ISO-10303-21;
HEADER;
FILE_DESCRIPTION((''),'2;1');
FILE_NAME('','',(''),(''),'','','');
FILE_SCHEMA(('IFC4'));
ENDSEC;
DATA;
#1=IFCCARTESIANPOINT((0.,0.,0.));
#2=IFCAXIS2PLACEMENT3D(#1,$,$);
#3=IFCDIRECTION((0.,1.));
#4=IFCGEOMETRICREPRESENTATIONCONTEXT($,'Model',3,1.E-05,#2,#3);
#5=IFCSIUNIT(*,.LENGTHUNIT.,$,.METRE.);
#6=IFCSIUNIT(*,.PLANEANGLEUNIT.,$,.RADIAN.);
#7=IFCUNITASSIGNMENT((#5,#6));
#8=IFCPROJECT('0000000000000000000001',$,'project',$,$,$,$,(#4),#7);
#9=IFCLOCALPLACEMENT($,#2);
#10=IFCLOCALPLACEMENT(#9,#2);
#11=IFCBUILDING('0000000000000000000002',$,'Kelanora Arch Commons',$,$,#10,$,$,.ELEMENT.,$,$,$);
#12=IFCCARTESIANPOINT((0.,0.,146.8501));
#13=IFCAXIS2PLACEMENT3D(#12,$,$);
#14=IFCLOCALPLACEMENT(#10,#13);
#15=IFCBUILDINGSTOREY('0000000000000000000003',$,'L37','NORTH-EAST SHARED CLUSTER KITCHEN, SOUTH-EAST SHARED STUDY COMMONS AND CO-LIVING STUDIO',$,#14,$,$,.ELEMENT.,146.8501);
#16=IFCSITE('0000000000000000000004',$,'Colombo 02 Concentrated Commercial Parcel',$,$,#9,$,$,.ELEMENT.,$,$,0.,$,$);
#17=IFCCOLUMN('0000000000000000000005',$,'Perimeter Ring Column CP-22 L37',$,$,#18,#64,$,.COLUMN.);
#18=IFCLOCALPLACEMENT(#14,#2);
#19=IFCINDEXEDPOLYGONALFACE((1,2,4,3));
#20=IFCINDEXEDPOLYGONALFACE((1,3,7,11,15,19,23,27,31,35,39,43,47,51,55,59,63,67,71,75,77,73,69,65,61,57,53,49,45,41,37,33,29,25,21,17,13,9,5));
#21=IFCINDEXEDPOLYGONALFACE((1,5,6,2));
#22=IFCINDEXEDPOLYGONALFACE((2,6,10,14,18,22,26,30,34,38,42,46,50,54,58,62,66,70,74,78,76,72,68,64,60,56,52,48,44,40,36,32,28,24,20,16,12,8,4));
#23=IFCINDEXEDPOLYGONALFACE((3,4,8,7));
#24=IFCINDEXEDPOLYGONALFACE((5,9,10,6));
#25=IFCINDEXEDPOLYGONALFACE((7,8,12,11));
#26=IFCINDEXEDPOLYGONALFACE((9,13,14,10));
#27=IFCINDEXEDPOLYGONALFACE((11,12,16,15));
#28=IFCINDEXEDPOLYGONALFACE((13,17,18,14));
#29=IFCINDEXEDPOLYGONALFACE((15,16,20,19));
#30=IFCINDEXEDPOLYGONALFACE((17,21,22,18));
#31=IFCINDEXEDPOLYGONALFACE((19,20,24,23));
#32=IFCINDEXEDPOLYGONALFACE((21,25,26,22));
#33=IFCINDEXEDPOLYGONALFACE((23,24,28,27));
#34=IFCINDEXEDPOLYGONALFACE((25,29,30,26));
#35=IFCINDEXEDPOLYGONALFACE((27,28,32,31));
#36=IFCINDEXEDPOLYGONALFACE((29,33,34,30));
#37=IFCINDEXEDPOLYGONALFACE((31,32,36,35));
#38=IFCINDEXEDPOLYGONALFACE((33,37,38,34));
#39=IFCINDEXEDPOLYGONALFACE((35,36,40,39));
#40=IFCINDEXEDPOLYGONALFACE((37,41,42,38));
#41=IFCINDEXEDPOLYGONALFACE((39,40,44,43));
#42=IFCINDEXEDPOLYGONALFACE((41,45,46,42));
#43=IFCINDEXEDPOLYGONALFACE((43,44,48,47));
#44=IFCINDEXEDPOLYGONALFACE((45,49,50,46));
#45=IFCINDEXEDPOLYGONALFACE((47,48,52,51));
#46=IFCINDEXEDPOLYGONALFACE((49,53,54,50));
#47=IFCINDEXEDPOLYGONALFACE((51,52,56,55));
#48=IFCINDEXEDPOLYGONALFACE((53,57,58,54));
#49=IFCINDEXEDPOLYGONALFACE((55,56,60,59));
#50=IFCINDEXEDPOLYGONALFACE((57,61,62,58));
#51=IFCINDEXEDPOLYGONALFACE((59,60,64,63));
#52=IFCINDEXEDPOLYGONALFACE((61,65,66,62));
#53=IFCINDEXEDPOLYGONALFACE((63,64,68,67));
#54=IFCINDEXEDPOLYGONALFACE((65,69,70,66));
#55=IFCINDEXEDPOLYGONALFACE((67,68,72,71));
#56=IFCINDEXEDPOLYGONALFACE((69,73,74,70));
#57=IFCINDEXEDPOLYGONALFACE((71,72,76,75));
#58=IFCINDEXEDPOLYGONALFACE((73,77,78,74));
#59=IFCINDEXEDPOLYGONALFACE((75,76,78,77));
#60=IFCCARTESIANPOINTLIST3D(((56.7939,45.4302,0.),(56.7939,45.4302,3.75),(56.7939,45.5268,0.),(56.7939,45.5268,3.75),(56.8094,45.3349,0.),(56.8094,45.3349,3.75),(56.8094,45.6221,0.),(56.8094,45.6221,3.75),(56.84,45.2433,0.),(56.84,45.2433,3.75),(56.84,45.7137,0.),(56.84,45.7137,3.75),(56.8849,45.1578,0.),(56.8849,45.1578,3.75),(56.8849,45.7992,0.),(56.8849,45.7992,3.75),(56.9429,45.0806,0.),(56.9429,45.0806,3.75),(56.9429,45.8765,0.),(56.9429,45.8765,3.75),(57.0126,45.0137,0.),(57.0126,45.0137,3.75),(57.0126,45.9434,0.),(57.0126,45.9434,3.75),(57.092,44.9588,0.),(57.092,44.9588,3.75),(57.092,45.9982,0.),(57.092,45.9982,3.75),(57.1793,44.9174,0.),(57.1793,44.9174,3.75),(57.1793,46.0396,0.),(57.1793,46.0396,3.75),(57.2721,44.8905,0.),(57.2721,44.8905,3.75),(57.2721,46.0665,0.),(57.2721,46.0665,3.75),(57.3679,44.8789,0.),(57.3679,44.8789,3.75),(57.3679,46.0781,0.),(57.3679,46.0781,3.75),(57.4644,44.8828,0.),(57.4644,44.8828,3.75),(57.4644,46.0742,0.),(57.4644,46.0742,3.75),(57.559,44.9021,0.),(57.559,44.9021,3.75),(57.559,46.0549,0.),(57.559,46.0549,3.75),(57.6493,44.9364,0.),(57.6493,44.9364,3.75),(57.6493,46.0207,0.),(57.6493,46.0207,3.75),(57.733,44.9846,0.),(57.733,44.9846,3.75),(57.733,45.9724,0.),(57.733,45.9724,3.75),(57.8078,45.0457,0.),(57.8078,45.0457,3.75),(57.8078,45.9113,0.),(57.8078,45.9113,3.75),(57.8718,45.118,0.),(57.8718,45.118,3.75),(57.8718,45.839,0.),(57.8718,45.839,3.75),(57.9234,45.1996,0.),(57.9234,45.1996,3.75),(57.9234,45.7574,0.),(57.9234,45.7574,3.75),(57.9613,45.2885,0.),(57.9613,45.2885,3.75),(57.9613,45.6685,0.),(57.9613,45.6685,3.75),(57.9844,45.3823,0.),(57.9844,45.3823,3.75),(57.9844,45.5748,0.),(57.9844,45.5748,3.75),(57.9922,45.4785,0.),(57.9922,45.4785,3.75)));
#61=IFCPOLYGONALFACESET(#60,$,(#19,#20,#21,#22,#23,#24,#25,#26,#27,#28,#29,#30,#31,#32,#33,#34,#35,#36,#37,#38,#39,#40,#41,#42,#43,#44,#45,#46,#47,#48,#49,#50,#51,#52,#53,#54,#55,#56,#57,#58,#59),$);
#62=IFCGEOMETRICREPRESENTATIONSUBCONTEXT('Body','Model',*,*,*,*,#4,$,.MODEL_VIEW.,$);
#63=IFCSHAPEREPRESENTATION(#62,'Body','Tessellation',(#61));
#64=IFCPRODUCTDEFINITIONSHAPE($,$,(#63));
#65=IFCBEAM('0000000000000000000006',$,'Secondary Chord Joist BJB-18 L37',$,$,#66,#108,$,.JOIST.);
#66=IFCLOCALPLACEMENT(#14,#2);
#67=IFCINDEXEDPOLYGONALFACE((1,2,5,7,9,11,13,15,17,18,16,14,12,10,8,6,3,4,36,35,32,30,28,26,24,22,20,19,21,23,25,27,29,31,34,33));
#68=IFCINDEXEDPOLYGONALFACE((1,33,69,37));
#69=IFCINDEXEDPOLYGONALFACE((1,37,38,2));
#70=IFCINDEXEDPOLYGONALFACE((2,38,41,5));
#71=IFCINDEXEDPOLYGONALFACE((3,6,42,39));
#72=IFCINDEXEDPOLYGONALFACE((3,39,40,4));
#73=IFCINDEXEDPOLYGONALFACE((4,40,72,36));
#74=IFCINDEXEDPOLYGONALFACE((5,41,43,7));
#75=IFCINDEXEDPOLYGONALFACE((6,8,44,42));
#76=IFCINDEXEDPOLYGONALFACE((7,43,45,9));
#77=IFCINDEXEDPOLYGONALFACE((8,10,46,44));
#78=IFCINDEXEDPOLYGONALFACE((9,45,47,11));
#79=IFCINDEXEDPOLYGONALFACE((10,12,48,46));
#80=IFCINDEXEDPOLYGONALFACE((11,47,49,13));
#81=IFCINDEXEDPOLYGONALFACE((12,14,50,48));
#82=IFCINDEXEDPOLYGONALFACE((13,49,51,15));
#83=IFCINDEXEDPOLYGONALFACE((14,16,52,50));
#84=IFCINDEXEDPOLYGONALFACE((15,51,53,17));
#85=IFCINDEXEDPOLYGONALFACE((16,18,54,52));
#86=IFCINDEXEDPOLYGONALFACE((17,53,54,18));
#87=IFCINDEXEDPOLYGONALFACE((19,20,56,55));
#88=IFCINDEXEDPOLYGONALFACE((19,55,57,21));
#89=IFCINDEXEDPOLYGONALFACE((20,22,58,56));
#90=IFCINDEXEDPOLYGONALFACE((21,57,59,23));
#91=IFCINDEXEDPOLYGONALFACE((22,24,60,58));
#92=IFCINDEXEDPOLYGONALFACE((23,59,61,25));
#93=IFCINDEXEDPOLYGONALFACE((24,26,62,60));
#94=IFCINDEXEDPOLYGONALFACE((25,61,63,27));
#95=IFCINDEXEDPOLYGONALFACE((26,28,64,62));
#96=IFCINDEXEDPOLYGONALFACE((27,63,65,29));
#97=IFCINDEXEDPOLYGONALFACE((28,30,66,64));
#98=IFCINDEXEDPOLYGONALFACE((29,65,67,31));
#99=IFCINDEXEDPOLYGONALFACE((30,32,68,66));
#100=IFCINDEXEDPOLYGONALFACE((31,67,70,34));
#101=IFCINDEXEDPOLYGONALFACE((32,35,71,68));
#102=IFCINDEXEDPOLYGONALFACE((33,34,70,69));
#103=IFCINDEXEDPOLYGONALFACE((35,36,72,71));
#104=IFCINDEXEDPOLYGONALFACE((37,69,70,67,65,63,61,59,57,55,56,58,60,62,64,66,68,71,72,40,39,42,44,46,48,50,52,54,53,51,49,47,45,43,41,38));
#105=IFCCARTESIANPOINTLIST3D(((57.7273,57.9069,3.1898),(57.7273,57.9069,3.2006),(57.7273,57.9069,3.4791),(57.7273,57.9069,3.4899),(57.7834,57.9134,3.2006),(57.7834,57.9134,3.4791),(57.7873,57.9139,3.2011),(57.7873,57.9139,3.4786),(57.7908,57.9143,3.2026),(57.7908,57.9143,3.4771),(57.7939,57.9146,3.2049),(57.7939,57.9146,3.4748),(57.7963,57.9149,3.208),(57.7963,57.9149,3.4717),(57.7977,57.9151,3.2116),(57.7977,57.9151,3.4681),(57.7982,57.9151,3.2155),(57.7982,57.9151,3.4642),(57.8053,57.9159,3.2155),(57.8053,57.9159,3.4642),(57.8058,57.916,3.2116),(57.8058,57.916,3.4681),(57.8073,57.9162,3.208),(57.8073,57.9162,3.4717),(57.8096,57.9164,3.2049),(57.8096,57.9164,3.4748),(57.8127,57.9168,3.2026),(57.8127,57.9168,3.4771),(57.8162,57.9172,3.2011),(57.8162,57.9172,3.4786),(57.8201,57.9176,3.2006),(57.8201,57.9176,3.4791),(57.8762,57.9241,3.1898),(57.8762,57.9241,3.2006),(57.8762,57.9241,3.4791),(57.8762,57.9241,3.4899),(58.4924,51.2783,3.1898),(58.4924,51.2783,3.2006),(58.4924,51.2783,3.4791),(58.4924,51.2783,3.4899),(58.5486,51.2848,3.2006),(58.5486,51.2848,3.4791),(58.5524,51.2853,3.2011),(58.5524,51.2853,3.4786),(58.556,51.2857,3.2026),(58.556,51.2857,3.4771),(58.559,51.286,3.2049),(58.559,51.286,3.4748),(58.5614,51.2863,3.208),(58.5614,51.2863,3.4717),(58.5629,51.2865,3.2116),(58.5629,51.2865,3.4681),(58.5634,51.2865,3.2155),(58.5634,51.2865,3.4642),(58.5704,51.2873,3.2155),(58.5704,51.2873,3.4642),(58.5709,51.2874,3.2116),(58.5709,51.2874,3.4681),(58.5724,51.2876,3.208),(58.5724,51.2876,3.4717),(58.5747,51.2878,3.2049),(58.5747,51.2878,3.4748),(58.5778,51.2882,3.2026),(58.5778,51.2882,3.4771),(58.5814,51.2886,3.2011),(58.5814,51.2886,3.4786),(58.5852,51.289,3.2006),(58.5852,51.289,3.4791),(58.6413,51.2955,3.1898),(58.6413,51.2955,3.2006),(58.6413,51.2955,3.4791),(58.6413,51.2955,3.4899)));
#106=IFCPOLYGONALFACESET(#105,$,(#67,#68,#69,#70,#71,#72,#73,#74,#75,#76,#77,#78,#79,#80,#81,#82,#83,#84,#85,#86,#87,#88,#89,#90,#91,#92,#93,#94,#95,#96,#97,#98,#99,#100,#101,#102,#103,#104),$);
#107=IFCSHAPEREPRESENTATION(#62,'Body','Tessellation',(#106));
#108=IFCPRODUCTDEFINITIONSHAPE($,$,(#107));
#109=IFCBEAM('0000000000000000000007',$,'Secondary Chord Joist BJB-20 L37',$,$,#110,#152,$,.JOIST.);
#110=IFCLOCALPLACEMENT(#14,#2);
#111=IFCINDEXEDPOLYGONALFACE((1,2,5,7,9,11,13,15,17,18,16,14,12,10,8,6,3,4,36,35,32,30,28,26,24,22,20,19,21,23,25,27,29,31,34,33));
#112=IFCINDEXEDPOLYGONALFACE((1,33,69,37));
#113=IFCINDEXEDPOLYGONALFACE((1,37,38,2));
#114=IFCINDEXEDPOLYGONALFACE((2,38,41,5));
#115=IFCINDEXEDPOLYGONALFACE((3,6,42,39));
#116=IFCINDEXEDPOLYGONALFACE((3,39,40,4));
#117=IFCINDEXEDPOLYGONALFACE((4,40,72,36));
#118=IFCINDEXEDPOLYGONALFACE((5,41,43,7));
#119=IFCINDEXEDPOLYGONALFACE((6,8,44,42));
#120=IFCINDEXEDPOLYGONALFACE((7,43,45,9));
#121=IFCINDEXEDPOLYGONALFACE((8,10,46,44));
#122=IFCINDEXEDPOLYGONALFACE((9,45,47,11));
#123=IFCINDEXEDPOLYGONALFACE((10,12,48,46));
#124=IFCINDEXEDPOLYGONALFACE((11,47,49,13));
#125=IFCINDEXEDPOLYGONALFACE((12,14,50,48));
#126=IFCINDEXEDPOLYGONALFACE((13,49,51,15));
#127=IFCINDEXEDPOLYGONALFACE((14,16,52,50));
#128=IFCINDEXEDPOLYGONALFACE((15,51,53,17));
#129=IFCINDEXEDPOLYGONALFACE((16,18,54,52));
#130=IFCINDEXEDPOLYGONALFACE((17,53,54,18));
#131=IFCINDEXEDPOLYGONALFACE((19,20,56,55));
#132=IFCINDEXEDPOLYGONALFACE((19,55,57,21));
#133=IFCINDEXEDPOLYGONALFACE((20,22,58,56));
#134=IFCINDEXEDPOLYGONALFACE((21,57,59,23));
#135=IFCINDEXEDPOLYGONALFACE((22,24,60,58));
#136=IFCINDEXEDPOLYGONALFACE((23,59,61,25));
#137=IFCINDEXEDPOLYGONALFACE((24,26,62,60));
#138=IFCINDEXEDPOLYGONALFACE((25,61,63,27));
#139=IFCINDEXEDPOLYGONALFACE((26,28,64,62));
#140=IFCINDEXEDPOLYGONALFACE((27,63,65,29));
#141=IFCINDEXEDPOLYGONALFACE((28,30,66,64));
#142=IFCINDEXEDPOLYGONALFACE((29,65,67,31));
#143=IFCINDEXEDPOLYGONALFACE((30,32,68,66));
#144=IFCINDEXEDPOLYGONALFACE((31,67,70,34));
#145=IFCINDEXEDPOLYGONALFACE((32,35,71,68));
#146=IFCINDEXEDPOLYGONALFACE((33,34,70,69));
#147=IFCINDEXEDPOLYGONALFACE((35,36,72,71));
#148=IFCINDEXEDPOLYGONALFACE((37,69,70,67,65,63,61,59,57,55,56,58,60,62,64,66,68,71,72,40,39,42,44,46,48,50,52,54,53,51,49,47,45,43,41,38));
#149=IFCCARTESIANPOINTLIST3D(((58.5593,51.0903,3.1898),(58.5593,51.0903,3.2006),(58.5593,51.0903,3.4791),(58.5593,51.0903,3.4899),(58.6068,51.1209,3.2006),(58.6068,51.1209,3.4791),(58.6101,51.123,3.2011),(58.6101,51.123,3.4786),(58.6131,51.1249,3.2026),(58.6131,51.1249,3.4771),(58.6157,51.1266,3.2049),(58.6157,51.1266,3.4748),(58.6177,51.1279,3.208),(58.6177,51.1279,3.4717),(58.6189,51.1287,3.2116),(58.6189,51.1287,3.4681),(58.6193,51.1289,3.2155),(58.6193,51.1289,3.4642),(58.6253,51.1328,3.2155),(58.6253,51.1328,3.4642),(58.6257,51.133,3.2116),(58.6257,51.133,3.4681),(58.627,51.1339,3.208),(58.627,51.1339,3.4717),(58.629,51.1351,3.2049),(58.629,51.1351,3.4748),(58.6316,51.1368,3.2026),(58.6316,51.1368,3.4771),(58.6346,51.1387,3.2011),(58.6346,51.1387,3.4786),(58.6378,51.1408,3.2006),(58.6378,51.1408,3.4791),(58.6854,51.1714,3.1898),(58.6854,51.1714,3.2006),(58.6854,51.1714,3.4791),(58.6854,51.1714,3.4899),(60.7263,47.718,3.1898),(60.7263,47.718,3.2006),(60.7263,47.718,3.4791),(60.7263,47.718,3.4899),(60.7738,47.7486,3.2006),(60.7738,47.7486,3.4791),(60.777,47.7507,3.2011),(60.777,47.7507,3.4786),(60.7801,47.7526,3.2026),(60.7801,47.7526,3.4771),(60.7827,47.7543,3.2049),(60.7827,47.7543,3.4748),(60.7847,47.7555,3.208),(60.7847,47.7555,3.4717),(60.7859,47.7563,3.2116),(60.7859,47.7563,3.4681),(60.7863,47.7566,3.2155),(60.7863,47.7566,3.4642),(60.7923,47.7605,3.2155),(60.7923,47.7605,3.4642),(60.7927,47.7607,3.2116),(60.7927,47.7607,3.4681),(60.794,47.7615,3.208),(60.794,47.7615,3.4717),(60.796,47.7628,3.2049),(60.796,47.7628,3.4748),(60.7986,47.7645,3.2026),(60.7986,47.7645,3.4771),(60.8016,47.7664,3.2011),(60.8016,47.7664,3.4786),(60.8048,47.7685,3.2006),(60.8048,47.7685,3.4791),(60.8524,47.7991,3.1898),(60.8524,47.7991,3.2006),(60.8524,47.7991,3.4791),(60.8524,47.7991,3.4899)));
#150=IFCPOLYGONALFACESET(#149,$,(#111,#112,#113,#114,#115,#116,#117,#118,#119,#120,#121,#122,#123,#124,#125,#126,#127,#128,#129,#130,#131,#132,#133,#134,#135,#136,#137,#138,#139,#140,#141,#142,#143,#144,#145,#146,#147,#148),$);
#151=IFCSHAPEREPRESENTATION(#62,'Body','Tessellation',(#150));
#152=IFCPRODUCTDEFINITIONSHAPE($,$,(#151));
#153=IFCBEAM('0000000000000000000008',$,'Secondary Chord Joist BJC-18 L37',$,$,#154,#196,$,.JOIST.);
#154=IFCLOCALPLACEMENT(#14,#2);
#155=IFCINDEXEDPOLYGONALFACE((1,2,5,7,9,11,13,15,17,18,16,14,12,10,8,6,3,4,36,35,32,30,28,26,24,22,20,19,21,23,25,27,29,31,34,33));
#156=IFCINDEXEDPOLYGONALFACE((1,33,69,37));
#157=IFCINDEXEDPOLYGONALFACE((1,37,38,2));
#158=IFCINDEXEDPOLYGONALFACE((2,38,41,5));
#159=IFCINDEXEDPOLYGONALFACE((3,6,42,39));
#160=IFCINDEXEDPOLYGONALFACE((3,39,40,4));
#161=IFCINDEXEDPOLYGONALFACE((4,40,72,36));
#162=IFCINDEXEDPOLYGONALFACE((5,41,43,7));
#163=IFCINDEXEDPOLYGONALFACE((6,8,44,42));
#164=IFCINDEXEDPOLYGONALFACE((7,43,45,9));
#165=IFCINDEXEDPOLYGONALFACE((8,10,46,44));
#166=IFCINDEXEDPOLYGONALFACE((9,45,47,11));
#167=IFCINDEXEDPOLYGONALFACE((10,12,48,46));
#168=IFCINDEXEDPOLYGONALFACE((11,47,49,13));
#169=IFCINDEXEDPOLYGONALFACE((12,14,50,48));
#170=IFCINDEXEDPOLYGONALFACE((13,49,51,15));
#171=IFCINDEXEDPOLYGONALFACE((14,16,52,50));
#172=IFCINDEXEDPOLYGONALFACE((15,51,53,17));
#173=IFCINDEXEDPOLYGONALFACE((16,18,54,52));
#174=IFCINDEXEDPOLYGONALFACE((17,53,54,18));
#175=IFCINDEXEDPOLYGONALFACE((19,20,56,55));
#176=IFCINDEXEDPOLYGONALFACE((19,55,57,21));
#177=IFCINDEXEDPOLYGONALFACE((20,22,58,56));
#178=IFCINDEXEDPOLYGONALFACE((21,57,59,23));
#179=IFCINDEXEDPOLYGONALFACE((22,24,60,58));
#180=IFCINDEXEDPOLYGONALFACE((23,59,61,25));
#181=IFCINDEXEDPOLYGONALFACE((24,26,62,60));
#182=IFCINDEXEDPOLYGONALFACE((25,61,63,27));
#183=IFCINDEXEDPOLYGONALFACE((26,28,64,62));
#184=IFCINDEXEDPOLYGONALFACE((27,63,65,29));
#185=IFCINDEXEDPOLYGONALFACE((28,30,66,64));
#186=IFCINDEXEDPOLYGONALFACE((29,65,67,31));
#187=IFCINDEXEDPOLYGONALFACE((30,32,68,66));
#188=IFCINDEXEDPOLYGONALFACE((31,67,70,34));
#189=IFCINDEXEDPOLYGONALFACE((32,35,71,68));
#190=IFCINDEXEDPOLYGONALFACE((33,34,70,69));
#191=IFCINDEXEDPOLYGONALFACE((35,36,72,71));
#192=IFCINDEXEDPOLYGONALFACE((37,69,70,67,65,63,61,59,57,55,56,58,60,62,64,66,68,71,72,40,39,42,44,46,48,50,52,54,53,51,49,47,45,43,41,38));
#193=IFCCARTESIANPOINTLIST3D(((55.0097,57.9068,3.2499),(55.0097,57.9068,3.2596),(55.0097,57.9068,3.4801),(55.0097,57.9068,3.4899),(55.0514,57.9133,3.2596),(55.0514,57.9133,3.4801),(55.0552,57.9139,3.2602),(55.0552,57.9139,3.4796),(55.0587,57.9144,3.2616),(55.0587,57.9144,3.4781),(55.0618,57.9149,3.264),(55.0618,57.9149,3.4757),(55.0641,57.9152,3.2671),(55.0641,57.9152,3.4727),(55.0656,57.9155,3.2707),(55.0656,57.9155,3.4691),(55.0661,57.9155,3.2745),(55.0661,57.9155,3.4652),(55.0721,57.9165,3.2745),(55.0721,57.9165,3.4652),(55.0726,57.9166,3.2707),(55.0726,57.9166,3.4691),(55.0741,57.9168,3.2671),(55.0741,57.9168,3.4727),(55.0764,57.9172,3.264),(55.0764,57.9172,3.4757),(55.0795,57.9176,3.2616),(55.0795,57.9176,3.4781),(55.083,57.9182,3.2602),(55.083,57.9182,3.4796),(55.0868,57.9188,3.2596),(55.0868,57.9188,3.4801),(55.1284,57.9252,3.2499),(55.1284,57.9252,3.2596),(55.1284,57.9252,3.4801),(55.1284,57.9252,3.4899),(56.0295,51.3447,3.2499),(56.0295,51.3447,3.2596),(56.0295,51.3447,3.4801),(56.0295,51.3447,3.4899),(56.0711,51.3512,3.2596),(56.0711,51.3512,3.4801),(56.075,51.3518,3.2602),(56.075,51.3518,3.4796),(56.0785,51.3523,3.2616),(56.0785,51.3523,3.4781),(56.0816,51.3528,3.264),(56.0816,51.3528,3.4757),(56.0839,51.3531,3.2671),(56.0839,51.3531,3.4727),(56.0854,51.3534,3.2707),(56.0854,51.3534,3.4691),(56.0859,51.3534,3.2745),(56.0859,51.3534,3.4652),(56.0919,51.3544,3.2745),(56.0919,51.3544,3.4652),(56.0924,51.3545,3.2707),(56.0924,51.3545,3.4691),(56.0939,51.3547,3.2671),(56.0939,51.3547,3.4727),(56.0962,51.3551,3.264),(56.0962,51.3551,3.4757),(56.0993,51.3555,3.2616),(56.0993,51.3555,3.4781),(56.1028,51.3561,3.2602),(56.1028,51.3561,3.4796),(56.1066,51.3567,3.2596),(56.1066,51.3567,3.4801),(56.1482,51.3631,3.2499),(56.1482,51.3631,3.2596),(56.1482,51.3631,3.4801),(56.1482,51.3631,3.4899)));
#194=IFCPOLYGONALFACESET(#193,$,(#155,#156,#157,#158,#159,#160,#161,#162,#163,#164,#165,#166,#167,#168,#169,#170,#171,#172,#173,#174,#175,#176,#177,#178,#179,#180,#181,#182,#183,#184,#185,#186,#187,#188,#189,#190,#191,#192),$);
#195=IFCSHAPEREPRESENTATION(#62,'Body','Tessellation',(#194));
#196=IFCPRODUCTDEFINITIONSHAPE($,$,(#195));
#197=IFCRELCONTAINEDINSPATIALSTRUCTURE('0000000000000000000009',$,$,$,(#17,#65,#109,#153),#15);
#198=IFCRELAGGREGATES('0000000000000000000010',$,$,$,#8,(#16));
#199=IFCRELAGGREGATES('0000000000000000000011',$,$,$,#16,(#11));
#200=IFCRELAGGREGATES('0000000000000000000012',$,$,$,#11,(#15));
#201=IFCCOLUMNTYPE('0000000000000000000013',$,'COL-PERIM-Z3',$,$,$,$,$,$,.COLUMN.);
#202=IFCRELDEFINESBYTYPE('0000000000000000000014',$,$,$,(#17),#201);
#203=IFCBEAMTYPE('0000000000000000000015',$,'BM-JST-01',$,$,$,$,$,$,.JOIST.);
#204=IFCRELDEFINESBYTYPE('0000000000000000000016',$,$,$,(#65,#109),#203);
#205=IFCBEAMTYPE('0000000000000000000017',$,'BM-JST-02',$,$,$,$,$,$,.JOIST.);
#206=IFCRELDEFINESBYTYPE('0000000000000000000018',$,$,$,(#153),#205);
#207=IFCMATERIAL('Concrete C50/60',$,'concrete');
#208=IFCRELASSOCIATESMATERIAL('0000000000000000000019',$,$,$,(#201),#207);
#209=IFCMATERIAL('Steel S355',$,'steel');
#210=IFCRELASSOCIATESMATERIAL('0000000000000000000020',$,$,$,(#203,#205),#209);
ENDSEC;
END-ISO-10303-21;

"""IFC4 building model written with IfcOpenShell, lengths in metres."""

from ifc_helpers import new_model, si_unit, direction, frame, origin, origin_2d, place, context, subcontext, project, spatial, circle, i_section, extrude, material, material_profile, profile_set, type_object, element, save


model = new_model("IFC4")

# Units and contexts
model_context = context("Model", 3, precision=1e-05, world=origin(), true_north=direction((0.0, 1.0)))
body_context = subcontext(model_context, "Body", "Model", "MODEL_VIEW")
ifc_project = project(units=[si_unit("LENGTHUNIT", "METRE"), si_unit("PLANEANGLEUNIT", "RADIAN")], contexts=[model_context])

# Site, building, storey
site_placement = place(None, origin())
site = spatial("IfcSite", under=ifc_project, at=site_placement, Name="Colombo 02 Concentrated Commercial Parcel", CompositionType="ELEMENT", RefElevation=0.0)
building_placement = place(site_placement, origin())
building = spatial("IfcBuilding", under=site, at=building_placement, Name="Kelanora Arch Commons", CompositionType="ELEMENT")
storey_placement = place(building_placement, frame((0.0, 0.0, 146.8501)))
storey = spatial("IfcBuildingStorey", under=building, at=storey_placement, Name="L37", Description="NORTH-EAST SHARED CLUSTER KITCHEN, SOUTH-EAST SHARED STUDY COMMONS AND CO-LIVING STUDIO", CompositionType="ELEMENT", Elevation=146.8501)

# Column
ifc_material_1 = material(Name="Concrete C50/60", Category="concrete")
ifc_material_profile_1 = material_profile(ifc_material_1, circle(Radius=0.6001, at=origin_2d()), Name="RCC1200")
ifc_profile_set_1 = profile_set([ifc_material_profile_1], Name="Concrete C50/60")
column_type = type_object("IfcColumnType", Name="COL-PERIM-Z3", PredefinedType="COLUMN", material=ifc_profile_set_1)
column_placement = place(storey_placement, frame((57.3921, 45.4785, 0.0), z_axis=(0.0, 0.0, 1.0), x_axis=(1.0, 0.0, 0.0)))
element("IfcColumn", 1, at=column_placement, inside=storey, type_object=column_type, Name="Perimeter Ring Column CP-22 L37", PredefinedType="COLUMN", context=body_context, shape_type="SweptSolid", body=[
    extrude(circle(Radius=0.6001, at=origin_2d()), origin(), (0.0, 0.0, 1.0), 3.75),
])

# Beams
ifc_material_2 = material(Name="Steel S355", Category="steel")
ifc_material_profile_2 = material_profile(ifc_material_2, i_section(OverallWidth=0.1499, OverallDepth=0.3, WebThickness=0.0071, FlangeThickness=0.0107, FilletRadius=0.0149, at=origin_2d()), Name="IPE300")
ifc_profile_set_2 = profile_set([ifc_material_profile_2], Name="Steel S355")
beam_type_1 = type_object("IfcBeamType", Name="BM-JST-01", PredefinedType="JOIST", material=ifc_profile_set_2)
beam_1_placement = place(storey_placement, frame((57.8018, 57.9155, 3.3398), z_axis=(0.114667, -0.993404, 0.0), x_axis=(0.993404, 0.114667, 0.0)))
element("IfcBeam", 2, at=beam_1_placement, inside=storey, type_object=beam_type_1, Name="Secondary Chord Joist BJB-18 L37", PredefinedType="JOIST", context=body_context, shape_type="SweptSolid", body=[
    extrude(i_section(OverallWidth=0.1499, OverallDepth=0.3, WebThickness=0.0071, FlangeThickness=0.0107, FilletRadius=0.0149, at=origin_2d()), origin(), (0.0, 0.0, 1.0), 6.6726),
])
beam_2_placement = place(storey_placement, frame((58.6223, 51.1309, 3.3398), z_axis=(0.540594, -0.841283, 0.0), x_axis=(0.841283, 0.540594, 0.0)))
element("IfcBeam", 3, at=beam_2_placement, inside=storey, type_object=beam_type_1, Name="Secondary Chord Joist BJB-20 L37", PredefinedType="JOIST", context=body_context, shape_type="SweptSolid", body=[
    extrude(i_section(OverallWidth=0.1499, OverallDepth=0.3, WebThickness=0.0071, FlangeThickness=0.0107, FilletRadius=0.0149, at=origin_2d()), origin(), (0.0, 0.0, 1.0), 4.0085),
])
ifc_material_profile_3 = material_profile(ifc_material_2, i_section(OverallWidth=0.1201, OverallDepth=0.24, WebThickness=0.0061, FlangeThickness=0.0098, FilletRadius=0.0149, at=origin_2d()), Name="IPE240")
ifc_profile_set_3 = profile_set([ifc_material_profile_3], Name="Steel S355")
beam_type_2 = type_object("IfcBeamType", Name="BM-JST-02", PredefinedType="JOIST", material=ifc_profile_set_3)
beam_3_placement = place(storey_placement, frame((55.0691, 57.916, 3.3699), z_axis=(0.153563, -0.988139, 0.0), x_axis=(0.988139, 0.153563, 0.0)))
element("IfcBeam", 4, at=beam_3_placement, inside=storey, type_object=beam_type_2, Name="Secondary Chord Joist BJC-18 L37", PredefinedType="JOIST", context=body_context, shape_type="SweptSolid", body=[
    extrude(i_section(OverallWidth=0.1201, OverallDepth=0.24, WebThickness=0.0061, FlangeThickness=0.0098, FilletRadius=0.0149, at=origin_2d()), origin(), (0.0, 0.0, 1.0), 6.6409),
])

save(model, "model.ifc")
